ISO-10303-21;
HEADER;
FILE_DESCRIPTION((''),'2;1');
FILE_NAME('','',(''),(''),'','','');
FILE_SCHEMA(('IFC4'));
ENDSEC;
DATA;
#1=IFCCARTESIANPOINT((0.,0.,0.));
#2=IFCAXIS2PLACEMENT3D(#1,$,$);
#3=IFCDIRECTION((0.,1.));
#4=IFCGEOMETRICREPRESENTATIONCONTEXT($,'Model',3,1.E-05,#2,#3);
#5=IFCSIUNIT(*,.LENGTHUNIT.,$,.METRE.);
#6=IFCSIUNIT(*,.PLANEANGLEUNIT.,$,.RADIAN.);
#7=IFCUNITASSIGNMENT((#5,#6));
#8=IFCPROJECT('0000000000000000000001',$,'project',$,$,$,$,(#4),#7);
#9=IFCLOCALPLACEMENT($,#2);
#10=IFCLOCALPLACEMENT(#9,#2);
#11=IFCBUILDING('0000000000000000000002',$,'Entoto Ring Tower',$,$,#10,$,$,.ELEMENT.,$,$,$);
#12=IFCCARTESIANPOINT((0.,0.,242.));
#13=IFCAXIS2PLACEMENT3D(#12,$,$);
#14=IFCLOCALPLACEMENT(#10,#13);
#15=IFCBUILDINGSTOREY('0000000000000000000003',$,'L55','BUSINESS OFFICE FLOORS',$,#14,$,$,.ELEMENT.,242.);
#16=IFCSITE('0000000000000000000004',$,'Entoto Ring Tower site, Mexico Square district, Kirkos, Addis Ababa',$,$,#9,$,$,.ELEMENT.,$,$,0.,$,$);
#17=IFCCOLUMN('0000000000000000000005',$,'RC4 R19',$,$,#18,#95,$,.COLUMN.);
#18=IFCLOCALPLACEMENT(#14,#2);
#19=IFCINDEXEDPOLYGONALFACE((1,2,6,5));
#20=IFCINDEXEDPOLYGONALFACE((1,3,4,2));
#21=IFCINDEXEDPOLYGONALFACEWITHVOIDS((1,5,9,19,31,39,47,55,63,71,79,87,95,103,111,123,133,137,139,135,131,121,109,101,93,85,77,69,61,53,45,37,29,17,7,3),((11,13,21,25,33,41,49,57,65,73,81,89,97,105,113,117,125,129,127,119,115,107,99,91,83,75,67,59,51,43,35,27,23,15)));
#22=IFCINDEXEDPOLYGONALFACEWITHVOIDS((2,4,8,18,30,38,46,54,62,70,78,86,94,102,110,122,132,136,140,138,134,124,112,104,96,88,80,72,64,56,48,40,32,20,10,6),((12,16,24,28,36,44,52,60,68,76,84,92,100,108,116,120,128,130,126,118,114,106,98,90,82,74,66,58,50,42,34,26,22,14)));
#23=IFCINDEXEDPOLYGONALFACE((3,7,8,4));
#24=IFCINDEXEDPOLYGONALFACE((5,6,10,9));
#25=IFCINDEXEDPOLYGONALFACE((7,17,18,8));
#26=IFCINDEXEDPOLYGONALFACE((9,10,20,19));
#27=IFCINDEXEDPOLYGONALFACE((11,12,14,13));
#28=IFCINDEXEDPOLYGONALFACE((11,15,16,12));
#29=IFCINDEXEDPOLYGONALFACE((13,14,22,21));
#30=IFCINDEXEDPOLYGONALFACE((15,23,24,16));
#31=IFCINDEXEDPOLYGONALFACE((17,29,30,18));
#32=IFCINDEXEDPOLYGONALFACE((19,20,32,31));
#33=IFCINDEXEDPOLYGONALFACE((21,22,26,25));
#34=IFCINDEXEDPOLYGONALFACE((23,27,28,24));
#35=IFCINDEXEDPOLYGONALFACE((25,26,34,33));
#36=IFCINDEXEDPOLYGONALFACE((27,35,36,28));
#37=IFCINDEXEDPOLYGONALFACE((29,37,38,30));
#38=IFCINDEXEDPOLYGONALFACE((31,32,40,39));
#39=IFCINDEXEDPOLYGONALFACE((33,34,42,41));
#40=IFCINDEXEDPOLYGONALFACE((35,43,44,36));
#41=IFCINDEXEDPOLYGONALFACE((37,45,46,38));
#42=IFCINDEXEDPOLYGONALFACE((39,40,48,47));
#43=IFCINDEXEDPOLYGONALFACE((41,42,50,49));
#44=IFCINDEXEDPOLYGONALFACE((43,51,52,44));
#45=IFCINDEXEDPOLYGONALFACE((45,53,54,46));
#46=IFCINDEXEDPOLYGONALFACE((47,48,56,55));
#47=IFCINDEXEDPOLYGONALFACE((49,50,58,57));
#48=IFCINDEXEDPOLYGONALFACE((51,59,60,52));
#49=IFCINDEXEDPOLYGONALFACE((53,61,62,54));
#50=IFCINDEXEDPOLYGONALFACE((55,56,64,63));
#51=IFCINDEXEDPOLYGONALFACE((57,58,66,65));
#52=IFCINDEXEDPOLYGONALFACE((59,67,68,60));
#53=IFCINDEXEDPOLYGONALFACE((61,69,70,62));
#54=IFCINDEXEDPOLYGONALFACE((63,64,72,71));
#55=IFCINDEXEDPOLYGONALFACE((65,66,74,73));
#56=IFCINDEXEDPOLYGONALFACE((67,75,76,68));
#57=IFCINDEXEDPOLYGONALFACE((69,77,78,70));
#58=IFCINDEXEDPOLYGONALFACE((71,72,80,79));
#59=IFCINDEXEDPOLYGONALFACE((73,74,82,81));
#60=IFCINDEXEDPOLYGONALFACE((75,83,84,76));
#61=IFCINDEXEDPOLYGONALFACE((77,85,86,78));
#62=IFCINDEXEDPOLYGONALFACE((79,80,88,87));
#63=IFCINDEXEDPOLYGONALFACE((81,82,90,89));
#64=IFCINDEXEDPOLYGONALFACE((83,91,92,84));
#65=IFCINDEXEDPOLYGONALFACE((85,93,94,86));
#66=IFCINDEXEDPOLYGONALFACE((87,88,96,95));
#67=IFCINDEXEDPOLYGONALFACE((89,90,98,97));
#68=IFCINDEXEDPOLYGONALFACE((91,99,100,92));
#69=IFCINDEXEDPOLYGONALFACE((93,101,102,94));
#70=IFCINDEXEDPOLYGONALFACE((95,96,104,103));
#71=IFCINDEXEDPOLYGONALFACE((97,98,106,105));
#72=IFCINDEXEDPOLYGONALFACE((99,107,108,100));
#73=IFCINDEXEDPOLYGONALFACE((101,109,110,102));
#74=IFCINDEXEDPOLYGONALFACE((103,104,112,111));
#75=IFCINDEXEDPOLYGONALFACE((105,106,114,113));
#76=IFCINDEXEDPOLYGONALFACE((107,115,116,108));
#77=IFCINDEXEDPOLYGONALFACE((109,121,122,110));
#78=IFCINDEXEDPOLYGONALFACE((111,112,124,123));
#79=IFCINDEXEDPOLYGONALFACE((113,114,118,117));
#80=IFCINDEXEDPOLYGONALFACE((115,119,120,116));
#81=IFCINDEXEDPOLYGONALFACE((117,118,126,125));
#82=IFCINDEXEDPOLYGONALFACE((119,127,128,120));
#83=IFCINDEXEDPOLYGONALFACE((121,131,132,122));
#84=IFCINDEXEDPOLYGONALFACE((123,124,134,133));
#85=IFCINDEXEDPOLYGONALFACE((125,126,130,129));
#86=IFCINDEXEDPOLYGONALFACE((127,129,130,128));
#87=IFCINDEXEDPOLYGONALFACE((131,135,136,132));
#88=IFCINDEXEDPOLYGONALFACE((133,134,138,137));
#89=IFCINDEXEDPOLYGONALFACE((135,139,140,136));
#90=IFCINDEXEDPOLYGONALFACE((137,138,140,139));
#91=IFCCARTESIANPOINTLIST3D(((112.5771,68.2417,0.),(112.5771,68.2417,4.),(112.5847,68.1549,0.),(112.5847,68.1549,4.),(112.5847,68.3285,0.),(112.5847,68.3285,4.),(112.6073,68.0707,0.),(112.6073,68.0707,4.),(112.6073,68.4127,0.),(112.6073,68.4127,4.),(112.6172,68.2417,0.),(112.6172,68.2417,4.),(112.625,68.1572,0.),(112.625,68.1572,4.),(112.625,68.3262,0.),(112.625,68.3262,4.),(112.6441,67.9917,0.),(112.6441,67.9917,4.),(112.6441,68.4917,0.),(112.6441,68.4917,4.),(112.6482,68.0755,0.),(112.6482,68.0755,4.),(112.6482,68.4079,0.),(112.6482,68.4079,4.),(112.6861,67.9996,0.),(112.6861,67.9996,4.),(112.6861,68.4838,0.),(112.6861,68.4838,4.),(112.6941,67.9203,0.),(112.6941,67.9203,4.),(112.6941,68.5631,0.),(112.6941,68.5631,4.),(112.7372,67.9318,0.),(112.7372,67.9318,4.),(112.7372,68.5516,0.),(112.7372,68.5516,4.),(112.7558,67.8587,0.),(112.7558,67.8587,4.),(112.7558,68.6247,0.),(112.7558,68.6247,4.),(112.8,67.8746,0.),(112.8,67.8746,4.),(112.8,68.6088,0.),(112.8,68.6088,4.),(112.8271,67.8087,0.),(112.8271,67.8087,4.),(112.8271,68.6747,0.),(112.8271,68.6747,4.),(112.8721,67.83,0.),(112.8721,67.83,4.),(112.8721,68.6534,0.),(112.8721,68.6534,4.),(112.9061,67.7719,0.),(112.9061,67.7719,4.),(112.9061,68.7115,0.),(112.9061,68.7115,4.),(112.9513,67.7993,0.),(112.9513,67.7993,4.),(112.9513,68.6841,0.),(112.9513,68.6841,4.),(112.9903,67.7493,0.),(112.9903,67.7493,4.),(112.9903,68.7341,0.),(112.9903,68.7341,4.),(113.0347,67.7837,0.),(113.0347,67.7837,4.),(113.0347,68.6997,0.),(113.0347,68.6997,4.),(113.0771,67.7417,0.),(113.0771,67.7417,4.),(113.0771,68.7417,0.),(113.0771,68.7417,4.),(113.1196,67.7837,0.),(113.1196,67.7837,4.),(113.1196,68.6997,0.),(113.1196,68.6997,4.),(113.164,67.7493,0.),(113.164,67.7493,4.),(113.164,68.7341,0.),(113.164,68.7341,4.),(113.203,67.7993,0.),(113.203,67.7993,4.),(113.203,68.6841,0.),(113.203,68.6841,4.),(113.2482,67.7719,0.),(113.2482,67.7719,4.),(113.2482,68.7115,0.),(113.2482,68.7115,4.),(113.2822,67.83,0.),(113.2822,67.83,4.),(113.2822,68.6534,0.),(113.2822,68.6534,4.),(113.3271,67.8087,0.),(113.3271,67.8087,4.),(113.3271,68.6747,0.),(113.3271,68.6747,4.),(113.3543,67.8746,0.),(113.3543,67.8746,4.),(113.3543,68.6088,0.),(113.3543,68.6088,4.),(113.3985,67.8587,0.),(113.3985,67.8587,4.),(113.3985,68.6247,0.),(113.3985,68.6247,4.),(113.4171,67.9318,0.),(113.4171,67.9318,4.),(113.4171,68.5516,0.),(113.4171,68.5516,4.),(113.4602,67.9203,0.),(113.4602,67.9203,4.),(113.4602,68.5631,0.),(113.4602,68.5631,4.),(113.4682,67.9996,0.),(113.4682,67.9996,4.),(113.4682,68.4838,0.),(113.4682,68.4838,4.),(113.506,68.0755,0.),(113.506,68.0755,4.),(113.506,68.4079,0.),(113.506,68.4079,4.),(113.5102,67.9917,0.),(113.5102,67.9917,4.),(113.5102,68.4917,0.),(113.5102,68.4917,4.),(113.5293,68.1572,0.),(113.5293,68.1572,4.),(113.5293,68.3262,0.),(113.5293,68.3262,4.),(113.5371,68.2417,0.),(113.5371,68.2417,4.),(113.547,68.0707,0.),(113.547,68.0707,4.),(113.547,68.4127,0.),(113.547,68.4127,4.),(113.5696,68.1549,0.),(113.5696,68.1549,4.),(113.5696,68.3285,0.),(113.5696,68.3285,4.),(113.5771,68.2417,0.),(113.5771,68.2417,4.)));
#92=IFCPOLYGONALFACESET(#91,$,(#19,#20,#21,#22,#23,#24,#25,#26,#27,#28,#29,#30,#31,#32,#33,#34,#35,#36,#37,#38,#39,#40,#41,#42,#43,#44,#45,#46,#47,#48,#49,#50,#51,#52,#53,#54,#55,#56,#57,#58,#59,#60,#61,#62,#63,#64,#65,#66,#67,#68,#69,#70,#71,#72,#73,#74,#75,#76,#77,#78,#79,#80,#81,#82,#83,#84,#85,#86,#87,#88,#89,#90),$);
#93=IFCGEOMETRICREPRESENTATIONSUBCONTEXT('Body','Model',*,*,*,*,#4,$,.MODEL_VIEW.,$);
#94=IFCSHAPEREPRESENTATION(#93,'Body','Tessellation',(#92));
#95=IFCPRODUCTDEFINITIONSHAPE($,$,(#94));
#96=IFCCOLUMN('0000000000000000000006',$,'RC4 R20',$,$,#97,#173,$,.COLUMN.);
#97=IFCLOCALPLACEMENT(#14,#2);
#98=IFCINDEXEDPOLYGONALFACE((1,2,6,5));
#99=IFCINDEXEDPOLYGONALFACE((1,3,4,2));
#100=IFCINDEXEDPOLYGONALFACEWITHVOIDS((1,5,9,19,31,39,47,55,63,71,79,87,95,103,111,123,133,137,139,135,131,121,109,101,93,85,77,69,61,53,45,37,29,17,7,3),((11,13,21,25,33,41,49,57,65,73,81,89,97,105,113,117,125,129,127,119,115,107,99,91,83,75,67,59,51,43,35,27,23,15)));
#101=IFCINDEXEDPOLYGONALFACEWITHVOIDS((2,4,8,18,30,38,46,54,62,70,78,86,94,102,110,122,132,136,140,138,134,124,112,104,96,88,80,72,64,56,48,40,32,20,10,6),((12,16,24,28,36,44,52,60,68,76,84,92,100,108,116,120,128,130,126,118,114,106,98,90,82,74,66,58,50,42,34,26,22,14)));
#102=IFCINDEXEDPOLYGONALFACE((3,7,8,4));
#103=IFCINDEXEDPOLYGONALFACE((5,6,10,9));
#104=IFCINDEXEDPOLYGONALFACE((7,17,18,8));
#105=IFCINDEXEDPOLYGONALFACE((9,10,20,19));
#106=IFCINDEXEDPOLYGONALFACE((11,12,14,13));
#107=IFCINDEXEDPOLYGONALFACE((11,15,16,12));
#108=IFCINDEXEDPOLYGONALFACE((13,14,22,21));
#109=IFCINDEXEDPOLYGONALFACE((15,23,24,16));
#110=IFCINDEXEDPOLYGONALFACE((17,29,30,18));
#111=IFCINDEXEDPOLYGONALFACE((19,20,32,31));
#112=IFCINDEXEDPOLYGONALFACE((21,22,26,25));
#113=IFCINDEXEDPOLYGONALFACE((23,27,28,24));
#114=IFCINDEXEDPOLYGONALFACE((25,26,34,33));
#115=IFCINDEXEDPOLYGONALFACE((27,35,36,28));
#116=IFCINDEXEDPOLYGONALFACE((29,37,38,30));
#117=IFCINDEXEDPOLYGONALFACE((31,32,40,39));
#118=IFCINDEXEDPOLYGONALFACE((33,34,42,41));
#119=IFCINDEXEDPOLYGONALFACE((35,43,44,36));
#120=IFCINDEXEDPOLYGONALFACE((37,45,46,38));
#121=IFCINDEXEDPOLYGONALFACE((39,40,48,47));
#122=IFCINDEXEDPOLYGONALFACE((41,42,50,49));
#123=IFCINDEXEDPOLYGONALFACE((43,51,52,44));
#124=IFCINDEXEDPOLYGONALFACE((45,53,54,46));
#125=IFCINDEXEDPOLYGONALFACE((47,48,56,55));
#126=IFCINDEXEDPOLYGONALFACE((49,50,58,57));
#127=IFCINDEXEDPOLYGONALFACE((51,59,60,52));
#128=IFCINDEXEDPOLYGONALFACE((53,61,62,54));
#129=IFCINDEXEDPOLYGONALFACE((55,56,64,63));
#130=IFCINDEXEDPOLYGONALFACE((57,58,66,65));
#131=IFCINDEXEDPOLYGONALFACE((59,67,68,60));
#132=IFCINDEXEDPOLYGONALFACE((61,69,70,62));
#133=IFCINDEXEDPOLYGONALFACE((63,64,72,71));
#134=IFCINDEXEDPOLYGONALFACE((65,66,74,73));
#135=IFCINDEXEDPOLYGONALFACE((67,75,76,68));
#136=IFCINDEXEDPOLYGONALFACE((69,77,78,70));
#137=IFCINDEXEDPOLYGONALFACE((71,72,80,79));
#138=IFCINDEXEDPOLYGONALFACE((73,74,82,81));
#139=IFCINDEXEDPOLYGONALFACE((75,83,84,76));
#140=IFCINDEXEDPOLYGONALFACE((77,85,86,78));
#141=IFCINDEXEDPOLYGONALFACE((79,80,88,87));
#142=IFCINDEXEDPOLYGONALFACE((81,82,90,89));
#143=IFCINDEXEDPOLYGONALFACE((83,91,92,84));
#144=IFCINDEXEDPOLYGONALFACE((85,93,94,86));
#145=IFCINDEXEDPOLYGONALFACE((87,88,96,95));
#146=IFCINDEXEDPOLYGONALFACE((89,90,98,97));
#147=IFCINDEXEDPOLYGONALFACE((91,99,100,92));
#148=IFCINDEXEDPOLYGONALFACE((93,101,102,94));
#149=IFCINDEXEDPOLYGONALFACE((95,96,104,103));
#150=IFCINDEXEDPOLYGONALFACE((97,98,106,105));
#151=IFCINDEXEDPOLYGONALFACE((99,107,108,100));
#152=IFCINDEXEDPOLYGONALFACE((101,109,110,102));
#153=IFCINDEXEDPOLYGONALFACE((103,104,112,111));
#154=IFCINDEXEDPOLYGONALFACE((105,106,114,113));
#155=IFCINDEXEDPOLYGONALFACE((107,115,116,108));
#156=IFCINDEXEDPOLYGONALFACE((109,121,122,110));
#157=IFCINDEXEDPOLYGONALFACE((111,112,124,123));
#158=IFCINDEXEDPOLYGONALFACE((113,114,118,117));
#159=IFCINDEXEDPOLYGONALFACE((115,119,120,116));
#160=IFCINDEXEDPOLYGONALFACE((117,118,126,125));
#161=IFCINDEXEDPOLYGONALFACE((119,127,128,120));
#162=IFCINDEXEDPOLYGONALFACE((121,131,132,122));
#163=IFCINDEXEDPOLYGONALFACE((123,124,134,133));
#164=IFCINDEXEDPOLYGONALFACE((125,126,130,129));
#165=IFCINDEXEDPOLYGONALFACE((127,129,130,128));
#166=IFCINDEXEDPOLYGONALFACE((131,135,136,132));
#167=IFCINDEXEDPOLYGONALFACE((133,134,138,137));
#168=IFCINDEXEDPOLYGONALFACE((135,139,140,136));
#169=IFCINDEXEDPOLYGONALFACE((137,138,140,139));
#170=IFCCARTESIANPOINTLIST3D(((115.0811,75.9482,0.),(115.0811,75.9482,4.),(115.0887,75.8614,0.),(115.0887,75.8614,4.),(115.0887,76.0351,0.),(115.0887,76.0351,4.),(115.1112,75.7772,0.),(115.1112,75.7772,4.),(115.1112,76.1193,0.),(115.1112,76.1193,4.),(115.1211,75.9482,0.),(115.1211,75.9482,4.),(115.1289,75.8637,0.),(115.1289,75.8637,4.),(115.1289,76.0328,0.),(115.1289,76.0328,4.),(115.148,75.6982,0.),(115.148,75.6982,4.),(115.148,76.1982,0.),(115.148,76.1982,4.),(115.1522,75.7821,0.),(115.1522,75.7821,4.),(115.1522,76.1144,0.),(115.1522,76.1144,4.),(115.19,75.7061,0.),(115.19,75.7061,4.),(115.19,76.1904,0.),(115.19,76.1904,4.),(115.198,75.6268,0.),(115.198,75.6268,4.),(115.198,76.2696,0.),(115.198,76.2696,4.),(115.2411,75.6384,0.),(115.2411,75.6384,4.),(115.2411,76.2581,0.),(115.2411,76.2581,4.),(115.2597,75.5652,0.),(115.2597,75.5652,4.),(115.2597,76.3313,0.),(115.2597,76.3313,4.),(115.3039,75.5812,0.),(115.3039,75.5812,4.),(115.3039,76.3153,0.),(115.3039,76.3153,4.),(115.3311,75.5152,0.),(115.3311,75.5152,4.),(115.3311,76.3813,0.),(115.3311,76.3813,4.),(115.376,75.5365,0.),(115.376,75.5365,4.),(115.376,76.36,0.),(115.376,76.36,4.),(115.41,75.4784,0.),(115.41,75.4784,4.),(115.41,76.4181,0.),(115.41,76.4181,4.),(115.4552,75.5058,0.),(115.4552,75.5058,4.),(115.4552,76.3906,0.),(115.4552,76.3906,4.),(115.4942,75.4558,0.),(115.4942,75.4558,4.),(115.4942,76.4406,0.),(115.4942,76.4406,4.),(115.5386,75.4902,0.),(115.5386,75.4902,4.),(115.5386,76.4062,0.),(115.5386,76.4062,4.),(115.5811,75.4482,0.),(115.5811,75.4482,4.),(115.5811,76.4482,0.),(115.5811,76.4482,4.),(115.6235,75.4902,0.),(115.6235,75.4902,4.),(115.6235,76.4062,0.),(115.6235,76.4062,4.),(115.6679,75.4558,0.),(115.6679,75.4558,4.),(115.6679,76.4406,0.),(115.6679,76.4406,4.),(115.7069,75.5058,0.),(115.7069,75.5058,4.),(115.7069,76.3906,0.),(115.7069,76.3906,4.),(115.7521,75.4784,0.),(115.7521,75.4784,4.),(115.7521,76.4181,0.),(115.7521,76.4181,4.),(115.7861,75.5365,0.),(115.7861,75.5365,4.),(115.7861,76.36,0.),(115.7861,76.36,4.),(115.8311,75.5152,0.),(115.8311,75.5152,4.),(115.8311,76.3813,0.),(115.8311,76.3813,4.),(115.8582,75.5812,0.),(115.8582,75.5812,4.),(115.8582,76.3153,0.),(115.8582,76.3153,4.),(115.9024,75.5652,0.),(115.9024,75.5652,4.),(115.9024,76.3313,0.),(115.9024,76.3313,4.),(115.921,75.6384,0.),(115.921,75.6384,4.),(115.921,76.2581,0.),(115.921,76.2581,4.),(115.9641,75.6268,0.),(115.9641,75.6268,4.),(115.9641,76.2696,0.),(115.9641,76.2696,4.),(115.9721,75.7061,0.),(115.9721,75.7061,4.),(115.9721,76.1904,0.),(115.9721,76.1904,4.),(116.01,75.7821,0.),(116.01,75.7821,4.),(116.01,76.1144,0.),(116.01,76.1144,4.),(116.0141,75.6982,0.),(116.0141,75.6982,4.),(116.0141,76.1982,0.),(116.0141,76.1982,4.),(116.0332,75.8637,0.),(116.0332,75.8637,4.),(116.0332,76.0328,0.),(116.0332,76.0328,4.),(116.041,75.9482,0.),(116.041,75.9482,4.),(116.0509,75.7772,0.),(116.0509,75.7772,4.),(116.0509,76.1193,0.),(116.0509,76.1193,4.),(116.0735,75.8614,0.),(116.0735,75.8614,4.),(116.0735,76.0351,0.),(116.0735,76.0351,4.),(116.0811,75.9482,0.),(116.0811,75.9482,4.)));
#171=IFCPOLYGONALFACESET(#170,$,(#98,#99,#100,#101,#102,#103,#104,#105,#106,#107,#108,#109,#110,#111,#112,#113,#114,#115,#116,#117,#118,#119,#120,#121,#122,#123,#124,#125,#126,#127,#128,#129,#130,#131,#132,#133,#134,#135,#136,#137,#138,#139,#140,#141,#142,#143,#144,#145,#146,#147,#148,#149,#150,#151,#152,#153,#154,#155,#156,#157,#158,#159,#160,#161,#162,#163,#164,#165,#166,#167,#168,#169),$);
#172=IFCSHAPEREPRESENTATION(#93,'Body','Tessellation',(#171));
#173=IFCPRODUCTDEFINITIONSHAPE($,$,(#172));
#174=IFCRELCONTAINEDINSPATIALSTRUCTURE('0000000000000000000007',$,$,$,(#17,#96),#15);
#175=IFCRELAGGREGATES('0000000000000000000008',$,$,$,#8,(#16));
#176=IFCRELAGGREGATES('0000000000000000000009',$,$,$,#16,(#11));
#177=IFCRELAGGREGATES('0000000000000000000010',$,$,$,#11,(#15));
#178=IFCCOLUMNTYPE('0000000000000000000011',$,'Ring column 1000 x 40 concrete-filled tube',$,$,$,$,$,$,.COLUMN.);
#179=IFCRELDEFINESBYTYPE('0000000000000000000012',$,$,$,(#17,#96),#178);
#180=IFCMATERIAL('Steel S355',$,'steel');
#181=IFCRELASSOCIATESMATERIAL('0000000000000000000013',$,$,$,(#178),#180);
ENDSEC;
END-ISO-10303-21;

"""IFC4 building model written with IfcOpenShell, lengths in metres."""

from ifc_helpers import new_model, si_unit, direction, frame, origin, origin_2d, place, context, subcontext, project, spatial, circle, hollow_circle, extrude, material, material_profile, profile_set, type_object, element, save


model = new_model("IFC4")

# Units and contexts
model_context = context("Model", 3, precision=1e-05, world=origin(), true_north=direction((0.0, 1.0)))
body_context = subcontext(model_context, "Body", "Model", "MODEL_VIEW")
ifc_project = project(units=[si_unit("LENGTHUNIT", "METRE"), si_unit("PLANEANGLEUNIT", "RADIAN")], contexts=[model_context])

# Site, building, storey
site_placement = place(None, origin())
site = spatial("IfcSite", under=ifc_project, at=site_placement, Name="Entoto Ring Tower site, Mexico Square district, Kirkos, Addis Ababa", CompositionType="ELEMENT", RefElevation=0.0)
building_placement = place(site_placement, origin())
building = spatial("IfcBuilding", under=site, at=building_placement, Name="Entoto Ring Tower", CompositionType="ELEMENT")
storey_placement = place(building_placement, frame((0.0, 0.0, 242.0)))
storey = spatial("IfcBuildingStorey", under=building, at=storey_placement, Name="L55", Description="BUSINESS OFFICE FLOORS", CompositionType="ELEMENT", Elevation=242.0)

# Columns
ifc_material_1 = material(Name="Steel S355", Category="steel")
ifc_material_profile_1 = material_profile(ifc_material_1, hollow_circle(Radius=0.5, WallThickness=0.04, at=origin_2d()), Name="CHS 1000 x 40")
ifc_material_2 = material(Name="Concrete C60/75", Category="concrete")
ifc_material_profile_2 = material_profile(ifc_material_2, circle(Radius=0.46, at=origin_2d()), Name="Concrete C60/75 infill")
ifc_profile_set_1 = profile_set([ifc_material_profile_1, ifc_material_profile_2], Name="Steel S355")
column_type = type_object("IfcColumnType", Name="Ring column 1000 x 40 concrete-filled tube", PredefinedType="COLUMN", material=ifc_profile_set_1)
for number, where, z_axis, x_axis, name in (
    (1, (113.0771, 68.2417, 0.0), (0.0, 0.0, 1.0), (1.0, 0.0, 0.0), "RC4 R19"),
    (2, (115.5811, 75.9482, 0.0), (0.0, 0.0, 1.0), (1.0, 0.0, 0.0), "RC4 R20"),
):
    element("IfcColumn", number, at=place(storey_placement, frame(where, z_axis=z_axis, x_axis=x_axis)), inside=storey, type_object=column_type, Name=name, PredefinedType="COLUMN", context=body_context, shape_type="SweptSolid", body=[
        extrude(hollow_circle(Radius=0.5, WallThickness=0.04, at=origin_2d()), origin(), (0.0, 0.0, 1.0), 4.0),
    ])

save(model, "model.ifc")
